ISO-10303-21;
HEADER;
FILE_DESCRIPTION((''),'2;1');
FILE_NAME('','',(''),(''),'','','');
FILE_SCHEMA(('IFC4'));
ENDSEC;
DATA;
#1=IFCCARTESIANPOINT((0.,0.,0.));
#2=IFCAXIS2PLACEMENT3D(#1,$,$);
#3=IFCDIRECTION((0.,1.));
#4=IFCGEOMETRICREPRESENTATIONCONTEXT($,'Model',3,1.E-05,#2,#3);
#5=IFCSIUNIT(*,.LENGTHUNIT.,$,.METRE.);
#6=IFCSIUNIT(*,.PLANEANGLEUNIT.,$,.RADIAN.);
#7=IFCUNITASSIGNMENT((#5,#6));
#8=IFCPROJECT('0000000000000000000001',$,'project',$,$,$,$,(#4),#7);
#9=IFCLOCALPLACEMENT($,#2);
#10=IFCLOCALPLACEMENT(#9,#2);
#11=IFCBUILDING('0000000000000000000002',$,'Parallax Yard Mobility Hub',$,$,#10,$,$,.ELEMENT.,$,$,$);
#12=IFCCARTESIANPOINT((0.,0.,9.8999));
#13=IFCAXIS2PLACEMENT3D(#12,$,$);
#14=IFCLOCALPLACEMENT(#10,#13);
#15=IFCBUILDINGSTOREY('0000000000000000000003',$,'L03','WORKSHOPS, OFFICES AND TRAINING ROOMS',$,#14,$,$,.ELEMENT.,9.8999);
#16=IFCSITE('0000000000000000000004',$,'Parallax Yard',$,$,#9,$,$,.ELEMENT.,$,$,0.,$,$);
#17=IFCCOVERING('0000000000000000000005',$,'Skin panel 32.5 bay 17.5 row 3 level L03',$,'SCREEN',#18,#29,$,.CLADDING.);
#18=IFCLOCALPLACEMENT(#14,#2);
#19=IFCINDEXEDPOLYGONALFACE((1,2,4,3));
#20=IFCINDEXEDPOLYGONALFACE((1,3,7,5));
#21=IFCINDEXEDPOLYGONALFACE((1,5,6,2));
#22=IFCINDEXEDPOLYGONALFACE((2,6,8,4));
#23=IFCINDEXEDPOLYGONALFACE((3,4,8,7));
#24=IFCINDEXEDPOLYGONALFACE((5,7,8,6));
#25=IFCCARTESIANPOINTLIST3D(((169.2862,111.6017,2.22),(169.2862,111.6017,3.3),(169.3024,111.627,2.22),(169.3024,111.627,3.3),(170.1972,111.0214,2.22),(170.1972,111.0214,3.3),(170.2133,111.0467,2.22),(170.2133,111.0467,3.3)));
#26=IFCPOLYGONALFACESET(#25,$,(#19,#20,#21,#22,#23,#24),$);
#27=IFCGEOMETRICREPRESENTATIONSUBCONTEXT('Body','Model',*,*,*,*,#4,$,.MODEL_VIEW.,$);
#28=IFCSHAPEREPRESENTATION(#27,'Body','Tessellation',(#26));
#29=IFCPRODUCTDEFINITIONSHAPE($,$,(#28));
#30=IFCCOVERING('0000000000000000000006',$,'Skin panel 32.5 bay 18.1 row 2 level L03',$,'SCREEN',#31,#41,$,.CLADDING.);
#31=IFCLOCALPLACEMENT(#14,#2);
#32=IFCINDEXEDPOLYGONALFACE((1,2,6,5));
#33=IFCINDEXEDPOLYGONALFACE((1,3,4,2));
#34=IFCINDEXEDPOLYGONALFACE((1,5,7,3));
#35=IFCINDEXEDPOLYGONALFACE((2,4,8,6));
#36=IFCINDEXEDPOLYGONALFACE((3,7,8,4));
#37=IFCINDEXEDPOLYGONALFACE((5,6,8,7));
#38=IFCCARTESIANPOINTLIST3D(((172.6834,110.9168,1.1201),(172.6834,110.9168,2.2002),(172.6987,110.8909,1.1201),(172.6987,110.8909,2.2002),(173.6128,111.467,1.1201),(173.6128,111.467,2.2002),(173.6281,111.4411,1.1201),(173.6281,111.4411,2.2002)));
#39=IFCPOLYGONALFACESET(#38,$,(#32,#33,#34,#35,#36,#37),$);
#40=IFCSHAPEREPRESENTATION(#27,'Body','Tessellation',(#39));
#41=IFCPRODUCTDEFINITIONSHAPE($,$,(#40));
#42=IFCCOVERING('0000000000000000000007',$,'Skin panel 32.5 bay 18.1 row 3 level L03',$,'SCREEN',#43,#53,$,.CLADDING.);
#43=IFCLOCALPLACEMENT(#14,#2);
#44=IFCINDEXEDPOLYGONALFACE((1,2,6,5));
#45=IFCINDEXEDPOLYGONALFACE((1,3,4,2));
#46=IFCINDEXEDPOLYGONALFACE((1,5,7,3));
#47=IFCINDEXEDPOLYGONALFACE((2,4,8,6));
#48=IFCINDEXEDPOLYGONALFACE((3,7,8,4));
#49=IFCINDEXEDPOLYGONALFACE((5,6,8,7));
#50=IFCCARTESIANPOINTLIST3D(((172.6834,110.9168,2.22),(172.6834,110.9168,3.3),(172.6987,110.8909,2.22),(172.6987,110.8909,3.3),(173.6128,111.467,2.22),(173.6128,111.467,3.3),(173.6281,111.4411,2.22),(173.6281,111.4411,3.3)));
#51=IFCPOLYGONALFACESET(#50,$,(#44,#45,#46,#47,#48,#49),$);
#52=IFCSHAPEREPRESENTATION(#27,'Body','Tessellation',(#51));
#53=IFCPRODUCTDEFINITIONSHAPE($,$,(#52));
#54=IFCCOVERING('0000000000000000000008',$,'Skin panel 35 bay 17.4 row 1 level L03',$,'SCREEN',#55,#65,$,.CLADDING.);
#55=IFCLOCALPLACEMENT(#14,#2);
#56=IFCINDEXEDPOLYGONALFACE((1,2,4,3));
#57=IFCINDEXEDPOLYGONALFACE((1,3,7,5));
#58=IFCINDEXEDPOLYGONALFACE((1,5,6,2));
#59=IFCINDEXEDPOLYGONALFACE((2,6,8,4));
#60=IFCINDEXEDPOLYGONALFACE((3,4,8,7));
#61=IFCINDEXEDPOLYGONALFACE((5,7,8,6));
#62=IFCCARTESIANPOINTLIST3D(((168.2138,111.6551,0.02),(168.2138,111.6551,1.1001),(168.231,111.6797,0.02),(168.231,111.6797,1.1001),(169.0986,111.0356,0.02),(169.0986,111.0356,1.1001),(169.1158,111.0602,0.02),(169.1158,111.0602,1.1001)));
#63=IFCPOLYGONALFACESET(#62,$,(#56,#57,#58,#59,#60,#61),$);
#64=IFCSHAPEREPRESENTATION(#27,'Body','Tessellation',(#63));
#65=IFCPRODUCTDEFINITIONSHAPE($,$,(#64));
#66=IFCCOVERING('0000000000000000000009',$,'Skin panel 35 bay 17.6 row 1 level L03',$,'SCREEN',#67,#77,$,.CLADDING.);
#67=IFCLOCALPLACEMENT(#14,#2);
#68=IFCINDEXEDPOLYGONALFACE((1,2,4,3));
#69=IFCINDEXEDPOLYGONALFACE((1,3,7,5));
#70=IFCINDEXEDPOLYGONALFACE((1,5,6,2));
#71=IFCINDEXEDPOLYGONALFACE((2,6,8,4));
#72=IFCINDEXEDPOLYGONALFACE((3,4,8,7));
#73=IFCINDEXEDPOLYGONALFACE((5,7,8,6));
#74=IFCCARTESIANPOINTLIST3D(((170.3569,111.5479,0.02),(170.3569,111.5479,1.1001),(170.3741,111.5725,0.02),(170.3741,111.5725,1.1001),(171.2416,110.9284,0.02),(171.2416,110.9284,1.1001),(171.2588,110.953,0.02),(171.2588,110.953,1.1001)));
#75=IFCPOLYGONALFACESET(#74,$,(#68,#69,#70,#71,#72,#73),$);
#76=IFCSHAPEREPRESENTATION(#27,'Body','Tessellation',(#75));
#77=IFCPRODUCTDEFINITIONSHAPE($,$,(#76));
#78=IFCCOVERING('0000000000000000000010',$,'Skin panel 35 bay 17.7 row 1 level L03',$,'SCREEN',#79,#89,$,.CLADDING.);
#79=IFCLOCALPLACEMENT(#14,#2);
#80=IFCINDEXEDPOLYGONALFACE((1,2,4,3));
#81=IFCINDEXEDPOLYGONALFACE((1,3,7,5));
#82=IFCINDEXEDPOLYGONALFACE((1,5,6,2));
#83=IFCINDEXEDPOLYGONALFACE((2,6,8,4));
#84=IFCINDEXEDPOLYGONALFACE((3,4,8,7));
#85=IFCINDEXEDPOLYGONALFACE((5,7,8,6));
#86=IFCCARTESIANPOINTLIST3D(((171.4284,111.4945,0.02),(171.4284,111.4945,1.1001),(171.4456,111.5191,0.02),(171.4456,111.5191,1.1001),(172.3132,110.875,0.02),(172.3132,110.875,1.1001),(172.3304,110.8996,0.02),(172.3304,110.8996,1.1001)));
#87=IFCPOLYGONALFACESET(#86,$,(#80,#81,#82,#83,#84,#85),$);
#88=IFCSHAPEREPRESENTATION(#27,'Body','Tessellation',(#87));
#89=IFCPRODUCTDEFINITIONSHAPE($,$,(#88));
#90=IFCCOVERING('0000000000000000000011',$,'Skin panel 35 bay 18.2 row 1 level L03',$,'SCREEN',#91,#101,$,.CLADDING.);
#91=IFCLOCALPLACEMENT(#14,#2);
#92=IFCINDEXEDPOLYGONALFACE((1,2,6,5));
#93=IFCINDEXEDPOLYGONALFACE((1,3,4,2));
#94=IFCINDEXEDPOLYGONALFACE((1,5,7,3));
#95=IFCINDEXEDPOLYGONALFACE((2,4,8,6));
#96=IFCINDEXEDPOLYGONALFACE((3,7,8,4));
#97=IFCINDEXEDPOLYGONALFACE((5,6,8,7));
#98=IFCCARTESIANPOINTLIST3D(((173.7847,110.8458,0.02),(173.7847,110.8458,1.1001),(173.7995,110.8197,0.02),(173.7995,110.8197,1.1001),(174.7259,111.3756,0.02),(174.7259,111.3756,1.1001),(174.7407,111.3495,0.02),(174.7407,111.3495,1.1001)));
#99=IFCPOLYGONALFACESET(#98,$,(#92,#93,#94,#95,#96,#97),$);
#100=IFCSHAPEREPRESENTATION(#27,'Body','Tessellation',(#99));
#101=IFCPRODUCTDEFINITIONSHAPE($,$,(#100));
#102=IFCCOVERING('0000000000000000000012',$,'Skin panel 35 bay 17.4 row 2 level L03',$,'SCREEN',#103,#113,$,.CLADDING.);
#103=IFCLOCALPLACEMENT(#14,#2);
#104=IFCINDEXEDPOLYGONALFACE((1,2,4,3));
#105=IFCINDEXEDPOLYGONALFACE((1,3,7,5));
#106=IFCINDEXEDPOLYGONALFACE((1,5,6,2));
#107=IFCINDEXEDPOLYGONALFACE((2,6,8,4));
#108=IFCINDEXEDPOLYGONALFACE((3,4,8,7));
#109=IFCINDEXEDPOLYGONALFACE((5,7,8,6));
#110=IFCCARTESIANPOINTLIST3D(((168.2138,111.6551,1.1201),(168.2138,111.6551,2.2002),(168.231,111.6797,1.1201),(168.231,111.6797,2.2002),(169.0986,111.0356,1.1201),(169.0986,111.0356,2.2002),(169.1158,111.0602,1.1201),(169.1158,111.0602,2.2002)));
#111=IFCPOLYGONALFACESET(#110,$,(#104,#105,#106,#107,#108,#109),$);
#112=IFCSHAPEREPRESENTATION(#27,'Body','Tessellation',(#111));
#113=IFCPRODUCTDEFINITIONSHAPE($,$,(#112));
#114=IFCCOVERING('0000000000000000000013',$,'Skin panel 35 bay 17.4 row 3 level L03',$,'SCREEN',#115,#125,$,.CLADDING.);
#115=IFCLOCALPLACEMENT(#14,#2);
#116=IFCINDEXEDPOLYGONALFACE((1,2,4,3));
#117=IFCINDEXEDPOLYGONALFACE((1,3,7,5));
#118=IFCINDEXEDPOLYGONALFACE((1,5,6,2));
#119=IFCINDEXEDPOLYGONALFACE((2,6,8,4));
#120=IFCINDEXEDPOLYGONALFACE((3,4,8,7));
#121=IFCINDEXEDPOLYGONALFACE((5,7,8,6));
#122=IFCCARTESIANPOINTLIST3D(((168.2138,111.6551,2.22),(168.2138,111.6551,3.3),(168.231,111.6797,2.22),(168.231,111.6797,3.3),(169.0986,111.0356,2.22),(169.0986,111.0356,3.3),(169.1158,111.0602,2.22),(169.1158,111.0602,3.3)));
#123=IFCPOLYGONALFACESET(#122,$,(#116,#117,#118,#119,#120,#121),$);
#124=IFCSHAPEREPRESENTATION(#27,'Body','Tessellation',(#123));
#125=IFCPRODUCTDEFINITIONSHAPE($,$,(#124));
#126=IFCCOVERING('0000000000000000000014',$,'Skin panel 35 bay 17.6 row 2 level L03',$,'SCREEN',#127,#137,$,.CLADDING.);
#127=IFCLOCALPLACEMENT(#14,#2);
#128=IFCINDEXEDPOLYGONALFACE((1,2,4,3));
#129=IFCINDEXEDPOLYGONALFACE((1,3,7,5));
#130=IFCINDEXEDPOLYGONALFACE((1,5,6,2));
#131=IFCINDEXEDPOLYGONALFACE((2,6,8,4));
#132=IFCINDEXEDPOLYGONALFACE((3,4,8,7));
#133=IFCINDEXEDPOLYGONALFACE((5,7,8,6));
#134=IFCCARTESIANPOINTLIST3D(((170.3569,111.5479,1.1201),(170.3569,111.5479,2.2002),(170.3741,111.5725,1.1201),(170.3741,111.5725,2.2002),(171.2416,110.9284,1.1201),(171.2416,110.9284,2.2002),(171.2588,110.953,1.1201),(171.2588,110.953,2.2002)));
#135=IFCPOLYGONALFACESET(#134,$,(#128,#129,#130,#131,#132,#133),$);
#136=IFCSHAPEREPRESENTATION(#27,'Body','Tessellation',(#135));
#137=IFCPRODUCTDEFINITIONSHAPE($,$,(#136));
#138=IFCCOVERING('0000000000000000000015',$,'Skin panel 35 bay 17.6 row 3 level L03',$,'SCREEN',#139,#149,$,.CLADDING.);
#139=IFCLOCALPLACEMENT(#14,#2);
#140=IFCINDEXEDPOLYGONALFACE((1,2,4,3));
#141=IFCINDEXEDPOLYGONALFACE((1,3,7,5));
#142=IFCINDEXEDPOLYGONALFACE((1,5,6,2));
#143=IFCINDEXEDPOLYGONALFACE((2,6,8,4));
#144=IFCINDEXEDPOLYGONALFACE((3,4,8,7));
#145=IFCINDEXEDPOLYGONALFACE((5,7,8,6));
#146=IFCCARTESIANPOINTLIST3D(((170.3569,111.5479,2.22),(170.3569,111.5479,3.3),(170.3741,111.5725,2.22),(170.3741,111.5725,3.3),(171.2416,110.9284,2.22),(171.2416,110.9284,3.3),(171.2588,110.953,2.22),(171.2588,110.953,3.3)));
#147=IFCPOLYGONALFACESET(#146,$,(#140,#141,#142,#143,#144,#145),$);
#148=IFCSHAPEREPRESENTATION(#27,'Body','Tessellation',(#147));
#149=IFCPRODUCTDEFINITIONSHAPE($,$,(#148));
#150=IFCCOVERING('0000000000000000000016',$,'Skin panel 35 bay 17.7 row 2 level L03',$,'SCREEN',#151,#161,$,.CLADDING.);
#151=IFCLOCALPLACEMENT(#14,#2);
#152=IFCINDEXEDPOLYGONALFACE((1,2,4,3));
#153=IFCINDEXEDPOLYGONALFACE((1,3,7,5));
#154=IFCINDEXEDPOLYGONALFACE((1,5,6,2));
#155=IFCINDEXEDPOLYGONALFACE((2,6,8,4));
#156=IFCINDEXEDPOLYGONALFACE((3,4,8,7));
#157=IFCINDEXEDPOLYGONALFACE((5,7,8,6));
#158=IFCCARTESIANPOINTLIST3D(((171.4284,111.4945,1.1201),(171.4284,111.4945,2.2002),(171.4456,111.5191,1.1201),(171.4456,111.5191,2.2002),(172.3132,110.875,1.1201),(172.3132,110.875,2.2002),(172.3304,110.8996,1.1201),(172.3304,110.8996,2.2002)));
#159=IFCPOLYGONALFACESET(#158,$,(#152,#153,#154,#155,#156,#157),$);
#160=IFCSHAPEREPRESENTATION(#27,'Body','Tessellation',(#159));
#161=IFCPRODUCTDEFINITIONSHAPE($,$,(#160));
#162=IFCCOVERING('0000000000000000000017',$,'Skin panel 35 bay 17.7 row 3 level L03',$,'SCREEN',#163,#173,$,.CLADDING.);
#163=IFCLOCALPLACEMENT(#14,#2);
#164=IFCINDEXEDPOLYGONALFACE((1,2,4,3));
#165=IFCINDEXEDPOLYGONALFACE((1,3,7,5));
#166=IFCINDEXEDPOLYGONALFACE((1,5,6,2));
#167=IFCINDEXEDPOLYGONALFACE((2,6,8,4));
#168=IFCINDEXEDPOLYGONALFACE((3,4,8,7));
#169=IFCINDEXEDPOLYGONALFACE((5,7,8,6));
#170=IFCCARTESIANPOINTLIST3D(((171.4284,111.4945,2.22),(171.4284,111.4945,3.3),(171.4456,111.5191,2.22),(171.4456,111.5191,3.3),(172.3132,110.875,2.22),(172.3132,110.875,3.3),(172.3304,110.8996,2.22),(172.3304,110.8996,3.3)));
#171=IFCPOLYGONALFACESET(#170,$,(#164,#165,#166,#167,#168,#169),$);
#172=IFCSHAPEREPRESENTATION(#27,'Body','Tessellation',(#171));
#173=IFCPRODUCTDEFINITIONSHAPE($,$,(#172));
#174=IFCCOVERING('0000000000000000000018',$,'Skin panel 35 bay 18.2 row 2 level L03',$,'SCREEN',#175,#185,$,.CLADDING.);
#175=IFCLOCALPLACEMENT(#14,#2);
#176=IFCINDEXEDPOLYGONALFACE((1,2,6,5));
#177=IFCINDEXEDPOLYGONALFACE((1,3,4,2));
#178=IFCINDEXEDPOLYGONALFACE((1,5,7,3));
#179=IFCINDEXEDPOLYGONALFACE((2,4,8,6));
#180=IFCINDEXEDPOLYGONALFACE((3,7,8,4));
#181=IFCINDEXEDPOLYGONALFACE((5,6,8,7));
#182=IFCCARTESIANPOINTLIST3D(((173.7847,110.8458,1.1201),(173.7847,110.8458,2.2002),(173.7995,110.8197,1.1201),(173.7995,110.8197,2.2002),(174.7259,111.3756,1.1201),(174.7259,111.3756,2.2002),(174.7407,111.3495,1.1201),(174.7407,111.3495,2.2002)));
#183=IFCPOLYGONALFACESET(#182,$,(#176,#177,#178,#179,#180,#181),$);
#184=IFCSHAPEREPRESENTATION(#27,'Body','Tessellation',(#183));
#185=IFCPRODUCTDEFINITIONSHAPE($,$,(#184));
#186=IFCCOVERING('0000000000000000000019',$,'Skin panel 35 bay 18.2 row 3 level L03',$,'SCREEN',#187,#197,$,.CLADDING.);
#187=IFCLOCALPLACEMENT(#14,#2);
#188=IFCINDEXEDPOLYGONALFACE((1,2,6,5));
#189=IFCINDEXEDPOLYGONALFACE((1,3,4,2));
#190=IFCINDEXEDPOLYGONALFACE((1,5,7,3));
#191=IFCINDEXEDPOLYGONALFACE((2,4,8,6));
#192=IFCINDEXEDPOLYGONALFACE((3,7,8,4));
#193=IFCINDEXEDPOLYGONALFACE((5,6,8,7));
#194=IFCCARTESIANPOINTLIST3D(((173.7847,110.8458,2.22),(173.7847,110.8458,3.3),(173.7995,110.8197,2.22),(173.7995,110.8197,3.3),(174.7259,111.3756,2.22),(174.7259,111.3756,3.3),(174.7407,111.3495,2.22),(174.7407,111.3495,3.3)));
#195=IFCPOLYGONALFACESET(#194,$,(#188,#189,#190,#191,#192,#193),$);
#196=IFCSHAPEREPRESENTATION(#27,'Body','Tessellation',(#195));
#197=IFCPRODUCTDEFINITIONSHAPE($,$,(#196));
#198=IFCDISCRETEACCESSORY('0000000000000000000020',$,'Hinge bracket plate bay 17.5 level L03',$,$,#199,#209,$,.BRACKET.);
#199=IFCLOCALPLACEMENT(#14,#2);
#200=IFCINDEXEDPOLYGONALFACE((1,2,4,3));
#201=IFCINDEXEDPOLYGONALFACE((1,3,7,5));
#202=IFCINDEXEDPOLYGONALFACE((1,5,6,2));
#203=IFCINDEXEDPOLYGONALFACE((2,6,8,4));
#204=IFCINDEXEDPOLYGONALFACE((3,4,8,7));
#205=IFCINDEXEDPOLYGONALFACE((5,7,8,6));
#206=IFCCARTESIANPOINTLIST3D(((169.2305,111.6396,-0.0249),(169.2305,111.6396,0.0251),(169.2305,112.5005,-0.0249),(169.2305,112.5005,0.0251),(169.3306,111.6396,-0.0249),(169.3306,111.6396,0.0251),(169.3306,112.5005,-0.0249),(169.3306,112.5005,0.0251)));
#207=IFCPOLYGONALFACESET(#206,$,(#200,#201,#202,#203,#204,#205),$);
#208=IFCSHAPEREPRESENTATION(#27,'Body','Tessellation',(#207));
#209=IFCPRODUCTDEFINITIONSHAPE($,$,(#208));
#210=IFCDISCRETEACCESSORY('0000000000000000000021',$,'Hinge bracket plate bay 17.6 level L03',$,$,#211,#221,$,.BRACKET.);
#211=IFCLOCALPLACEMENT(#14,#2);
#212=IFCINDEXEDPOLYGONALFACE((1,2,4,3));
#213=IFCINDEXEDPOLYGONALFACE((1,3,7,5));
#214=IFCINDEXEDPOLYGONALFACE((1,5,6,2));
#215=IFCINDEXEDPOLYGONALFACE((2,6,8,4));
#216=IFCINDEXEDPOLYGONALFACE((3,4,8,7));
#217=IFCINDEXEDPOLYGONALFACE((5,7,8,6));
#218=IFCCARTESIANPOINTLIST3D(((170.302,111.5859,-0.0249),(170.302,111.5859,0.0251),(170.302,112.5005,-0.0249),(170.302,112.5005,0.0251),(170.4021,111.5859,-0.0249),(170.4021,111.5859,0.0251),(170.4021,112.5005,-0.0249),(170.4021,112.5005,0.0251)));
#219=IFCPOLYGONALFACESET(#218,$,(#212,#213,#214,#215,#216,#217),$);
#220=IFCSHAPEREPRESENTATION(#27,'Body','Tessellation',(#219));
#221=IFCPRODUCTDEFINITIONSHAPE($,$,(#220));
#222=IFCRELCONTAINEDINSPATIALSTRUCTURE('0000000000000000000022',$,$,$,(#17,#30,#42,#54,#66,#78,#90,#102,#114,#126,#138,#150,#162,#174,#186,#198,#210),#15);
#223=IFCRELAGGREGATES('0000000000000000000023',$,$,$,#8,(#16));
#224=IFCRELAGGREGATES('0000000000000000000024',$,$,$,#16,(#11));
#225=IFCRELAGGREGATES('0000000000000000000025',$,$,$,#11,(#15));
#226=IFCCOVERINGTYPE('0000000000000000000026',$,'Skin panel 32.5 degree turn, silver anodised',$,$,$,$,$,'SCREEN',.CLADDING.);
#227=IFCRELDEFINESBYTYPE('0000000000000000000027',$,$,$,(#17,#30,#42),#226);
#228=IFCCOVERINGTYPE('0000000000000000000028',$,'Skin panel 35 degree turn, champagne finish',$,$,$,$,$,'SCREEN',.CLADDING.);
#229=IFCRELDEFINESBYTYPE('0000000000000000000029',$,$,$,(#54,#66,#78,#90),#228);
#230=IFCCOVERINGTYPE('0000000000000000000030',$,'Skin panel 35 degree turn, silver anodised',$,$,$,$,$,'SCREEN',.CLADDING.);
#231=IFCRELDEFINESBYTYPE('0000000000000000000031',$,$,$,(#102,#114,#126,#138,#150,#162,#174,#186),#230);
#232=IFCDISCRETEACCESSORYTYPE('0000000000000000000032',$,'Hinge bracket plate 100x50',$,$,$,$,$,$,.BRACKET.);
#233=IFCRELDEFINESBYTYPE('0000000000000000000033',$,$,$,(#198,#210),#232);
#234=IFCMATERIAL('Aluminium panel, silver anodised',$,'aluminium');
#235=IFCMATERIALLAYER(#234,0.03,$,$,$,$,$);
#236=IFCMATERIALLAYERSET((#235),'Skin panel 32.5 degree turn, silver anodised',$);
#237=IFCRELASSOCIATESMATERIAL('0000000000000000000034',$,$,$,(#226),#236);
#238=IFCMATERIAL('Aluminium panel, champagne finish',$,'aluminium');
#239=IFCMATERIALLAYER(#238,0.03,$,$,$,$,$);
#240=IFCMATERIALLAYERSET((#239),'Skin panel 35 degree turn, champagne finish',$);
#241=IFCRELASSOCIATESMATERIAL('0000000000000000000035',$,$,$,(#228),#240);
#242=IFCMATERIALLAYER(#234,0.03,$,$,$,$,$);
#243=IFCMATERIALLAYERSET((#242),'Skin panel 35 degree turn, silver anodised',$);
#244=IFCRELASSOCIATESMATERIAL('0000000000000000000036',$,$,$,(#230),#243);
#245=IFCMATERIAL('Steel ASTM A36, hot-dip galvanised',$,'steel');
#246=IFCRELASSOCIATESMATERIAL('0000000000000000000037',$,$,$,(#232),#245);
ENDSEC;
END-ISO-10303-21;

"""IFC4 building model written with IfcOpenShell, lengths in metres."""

from ifc_helpers import new_model, si_unit, direction, frame, origin, origin_2d, place, context, subcontext, project, spatial, rectangle, extrude, material, layer, layer_set, type_object, element, save


model = new_model("IFC4")

# Units and contexts
model_context = context("Model", 3, precision=1e-05, world=origin(), true_north=direction((0.0, 1.0)))
body_context = subcontext(model_context, "Body", "Model", "MODEL_VIEW")
ifc_project = project(units=[si_unit("LENGTHUNIT", "METRE"), si_unit("PLANEANGLEUNIT", "RADIAN")], contexts=[model_context])

# Site, building, storey
site_placement = place(None, origin())
site = spatial("IfcSite", under=ifc_project, at=site_placement, Name="Parallax Yard", CompositionType="ELEMENT", RefElevation=0.0)
building_placement = place(site_placement, origin())
building = spatial("IfcBuilding", under=site, at=building_placement, Name="Parallax Yard Mobility Hub", CompositionType="ELEMENT")
storey_placement = place(building_placement, frame((0.0, 0.0, 9.8999)))
storey = spatial("IfcBuildingStorey", under=building, at=storey_placement, Name="L03", Description="WORKSHOPS, OFFICES AND TRAINING ROOMS", CompositionType="ELEMENT", Elevation=9.8999)

# Coverings
ifc_material_1 = material(Name="Aluminium panel, champagne finish", Category="aluminium")
ifc_material_2 = material(Name="Aluminium panel, silver anodised", Category="aluminium")
ifc_layer_1 = layer(ifc_material_2, 0.03)
ifc_layer_set_1 = layer_set([ifc_layer_1], Name="Skin panel 32.5 degree turn, silver anodised")
covering_type_1 = type_object("IfcCoveringType", Name="Skin panel 32.5 degree turn, silver anodised", ElementType="SCREEN", PredefinedType="CLADDING", material=ifc_layer_set_1)
for number, where, z_axis, x_axis, name in (
    (1, (169.7498, 111.3242, 2.22), (0.0, 0.0, 1.0), (0.843391, -0.5373, 0.0), "Skin panel 32.5 bay 17.5 row 3 level L03"),
    (2, (173.1558, 111.179, 1.1201), (0.0, 0.0, 1.0), (-0.86052, -0.509417, 0.0), "Skin panel 32.5 bay 18.1 row 2 level L03"),
    (3, (173.1558, 111.179, 2.22), (0.0, 0.0, 1.0), (-0.86052, -0.509417, 0.0), "Skin panel 32.5 bay 18.1 row 3 level L03"),
):
    element("IfcCovering", number, at=place(storey_placement, frame(where, z_axis=z_axis, x_axis=x_axis)), inside=storey, type_object=covering_type_1, Name=name, ObjectType="SCREEN", PredefinedType="CLADDING", context=body_context, shape_type="SweptSolid", body=[
        extrude(rectangle(XDim=1.0801, YDim=0.03, at=origin_2d()), origin(), (0.0, 0.0, 1.0), 1.0801),
    ])
ifc_layer_2 = layer(ifc_material_1, 0.03)
ifc_layer_set_2 = layer_set([ifc_layer_2], Name="Skin panel 35 degree turn, champagne finish")
covering_type_2 = type_object("IfcCoveringType", Name="Skin panel 35 degree turn, champagne finish", ElementType="SCREEN", PredefinedType="CLADDING", material=ifc_layer_set_2)
for number, where, z_axis, x_axis, name in (
    (4, (168.6648, 111.3577, 0.02), (0.0, 0.0, 1.0), (0.819152, -0.573576, 0.0), "Skin panel 35 bay 17.4 row 1 level L03"),
    (5, (170.8079, 111.2505, 0.02), (0.0, 0.0, 1.0), (0.819152, -0.573576, 0.0), "Skin panel 35 bay 17.6 row 1 level L03"),
    (6, (171.8794, 111.197, 0.02), (0.0, 0.0, 1.0), (0.819152, -0.573576, 0.0), "Skin panel 35 bay 17.7 row 1 level L03"),
    (7, (174.2627, 111.0977, 0.02), (0.0, 0.0, 1.0), (-0.871428, -0.490524, 0.0), "Skin panel 35 bay 18.2 row 1 level L03"),
):
    element("IfcCovering", number, at=place(storey_placement, frame(where, z_axis=z_axis, x_axis=x_axis)), inside=storey, type_object=covering_type_2, Name=name, ObjectType="SCREEN", PredefinedType="CLADDING", context=body_context, shape_type="SweptSolid", body=[
        extrude(rectangle(XDim=1.0801, YDim=0.03, at=origin_2d()), origin(), (0.0, 0.0, 1.0), 1.0801),
    ])
ifc_layer_3 = layer(ifc_material_2, 0.03)
ifc_layer_set_3 = layer_set([ifc_layer_3], Name="Skin panel 35 degree turn, silver anodised")
covering_type_3 = type_object("IfcCoveringType", Name="Skin panel 35 degree turn, silver anodised", ElementType="SCREEN", PredefinedType="CLADDING", material=ifc_layer_set_3)
for number, where, z_axis, x_axis, name in (
    (8, (168.6648, 111.3577, 1.1201), (0.0, 0.0, 1.0), (0.819152, -0.573576, 0.0), "Skin panel 35 bay 17.4 row 2 level L03"),
    (9, (168.6648, 111.3577, 2.22), (0.0, 0.0, 1.0), (0.819152, -0.573576, 0.0), "Skin panel 35 bay 17.4 row 3 level L03"),
    (10, (170.8079, 111.2505, 1.1201), (0.0, 0.0, 1.0), (0.819152, -0.573576, 0.0), "Skin panel 35 bay 17.6 row 2 level L03"),
    (11, (170.8079, 111.2505, 2.22), (0.0, 0.0, 1.0), (0.819152, -0.573576, 0.0), "Skin panel 35 bay 17.6 row 3 level L03"),
    (12, (171.8794, 111.197, 1.1201), (0.0, 0.0, 1.0), (0.819152, -0.573576, 0.0), "Skin panel 35 bay 17.7 row 2 level L03"),
    (13, (171.8794, 111.197, 2.22), (0.0, 0.0, 1.0), (0.819152, -0.573576, 0.0), "Skin panel 35 bay 17.7 row 3 level L03"),
    (14, (174.2627, 111.0977, 1.1201), (0.0, 0.0, 1.0), (-0.871428, -0.490524, 0.0), "Skin panel 35 bay 18.2 row 2 level L03"),
    (15, (174.2627, 111.0977, 2.22), (0.0, 0.0, 1.0), (-0.871428, -0.490524, 0.0), "Skin panel 35 bay 18.2 row 3 level L03"),
):
    element("IfcCovering", number, at=place(storey_placement, frame(where, z_axis=z_axis, x_axis=x_axis)), inside=storey, type_object=covering_type_3, Name=name, ObjectType="SCREEN", PredefinedType="CLADDING", context=body_context, shape_type="SweptSolid", body=[
        extrude(rectangle(XDim=1.0801, YDim=0.03, at=origin_2d()), origin(), (0.0, 0.0, 1.0), 1.0801),
    ])

# Discrete accessories
ifc_material_3 = material(Name="Steel ASTM A36, hot-dip galvanised", Category="steel")
discrete_accessory_type_1 = type_object("IfcDiscreteAccessoryType", Name="Hinge bracket plate 100x50", PredefinedType="BRACKET", material=ifc_material_3)
discrete_accessory_1_placement = place(storey_placement, frame((169.2805, 112.0701, -0.0249), z_axis=(0.0, 0.0, 1.0), x_axis=(0.0, -1.0, 0.0)))
element("IfcDiscreteAccessory", 16, at=discrete_accessory_1_placement, inside=storey, type_object=discrete_accessory_type_1, Name="Hinge bracket plate bay 17.5 level L03", PredefinedType="BRACKET", context=body_context, shape_type="SweptSolid", body=[
    extrude(rectangle(XDim=0.8608, YDim=0.1001, at=origin_2d()), origin(), (0.0, 0.0, 1.0), 0.05),
])
discrete_accessory_2_placement = place(storey_placement, frame((170.3521, 112.0432, -0.0249), z_axis=(0.0, 0.0, 1.0), x_axis=(0.0, -1.0, 0.0)))
element("IfcDiscreteAccessory", 17, at=discrete_accessory_2_placement, inside=storey, type_object=discrete_accessory_type_1, Name="Hinge bracket plate bay 17.6 level L03", PredefinedType="BRACKET", context=body_context, shape_type="SweptSolid", body=[
    extrude(rectangle(XDim=0.9146, YDim=0.1001, at=origin_2d()), origin(), (0.0, 0.0, 1.0), 0.05),
])

save(model, "model.ifc")
